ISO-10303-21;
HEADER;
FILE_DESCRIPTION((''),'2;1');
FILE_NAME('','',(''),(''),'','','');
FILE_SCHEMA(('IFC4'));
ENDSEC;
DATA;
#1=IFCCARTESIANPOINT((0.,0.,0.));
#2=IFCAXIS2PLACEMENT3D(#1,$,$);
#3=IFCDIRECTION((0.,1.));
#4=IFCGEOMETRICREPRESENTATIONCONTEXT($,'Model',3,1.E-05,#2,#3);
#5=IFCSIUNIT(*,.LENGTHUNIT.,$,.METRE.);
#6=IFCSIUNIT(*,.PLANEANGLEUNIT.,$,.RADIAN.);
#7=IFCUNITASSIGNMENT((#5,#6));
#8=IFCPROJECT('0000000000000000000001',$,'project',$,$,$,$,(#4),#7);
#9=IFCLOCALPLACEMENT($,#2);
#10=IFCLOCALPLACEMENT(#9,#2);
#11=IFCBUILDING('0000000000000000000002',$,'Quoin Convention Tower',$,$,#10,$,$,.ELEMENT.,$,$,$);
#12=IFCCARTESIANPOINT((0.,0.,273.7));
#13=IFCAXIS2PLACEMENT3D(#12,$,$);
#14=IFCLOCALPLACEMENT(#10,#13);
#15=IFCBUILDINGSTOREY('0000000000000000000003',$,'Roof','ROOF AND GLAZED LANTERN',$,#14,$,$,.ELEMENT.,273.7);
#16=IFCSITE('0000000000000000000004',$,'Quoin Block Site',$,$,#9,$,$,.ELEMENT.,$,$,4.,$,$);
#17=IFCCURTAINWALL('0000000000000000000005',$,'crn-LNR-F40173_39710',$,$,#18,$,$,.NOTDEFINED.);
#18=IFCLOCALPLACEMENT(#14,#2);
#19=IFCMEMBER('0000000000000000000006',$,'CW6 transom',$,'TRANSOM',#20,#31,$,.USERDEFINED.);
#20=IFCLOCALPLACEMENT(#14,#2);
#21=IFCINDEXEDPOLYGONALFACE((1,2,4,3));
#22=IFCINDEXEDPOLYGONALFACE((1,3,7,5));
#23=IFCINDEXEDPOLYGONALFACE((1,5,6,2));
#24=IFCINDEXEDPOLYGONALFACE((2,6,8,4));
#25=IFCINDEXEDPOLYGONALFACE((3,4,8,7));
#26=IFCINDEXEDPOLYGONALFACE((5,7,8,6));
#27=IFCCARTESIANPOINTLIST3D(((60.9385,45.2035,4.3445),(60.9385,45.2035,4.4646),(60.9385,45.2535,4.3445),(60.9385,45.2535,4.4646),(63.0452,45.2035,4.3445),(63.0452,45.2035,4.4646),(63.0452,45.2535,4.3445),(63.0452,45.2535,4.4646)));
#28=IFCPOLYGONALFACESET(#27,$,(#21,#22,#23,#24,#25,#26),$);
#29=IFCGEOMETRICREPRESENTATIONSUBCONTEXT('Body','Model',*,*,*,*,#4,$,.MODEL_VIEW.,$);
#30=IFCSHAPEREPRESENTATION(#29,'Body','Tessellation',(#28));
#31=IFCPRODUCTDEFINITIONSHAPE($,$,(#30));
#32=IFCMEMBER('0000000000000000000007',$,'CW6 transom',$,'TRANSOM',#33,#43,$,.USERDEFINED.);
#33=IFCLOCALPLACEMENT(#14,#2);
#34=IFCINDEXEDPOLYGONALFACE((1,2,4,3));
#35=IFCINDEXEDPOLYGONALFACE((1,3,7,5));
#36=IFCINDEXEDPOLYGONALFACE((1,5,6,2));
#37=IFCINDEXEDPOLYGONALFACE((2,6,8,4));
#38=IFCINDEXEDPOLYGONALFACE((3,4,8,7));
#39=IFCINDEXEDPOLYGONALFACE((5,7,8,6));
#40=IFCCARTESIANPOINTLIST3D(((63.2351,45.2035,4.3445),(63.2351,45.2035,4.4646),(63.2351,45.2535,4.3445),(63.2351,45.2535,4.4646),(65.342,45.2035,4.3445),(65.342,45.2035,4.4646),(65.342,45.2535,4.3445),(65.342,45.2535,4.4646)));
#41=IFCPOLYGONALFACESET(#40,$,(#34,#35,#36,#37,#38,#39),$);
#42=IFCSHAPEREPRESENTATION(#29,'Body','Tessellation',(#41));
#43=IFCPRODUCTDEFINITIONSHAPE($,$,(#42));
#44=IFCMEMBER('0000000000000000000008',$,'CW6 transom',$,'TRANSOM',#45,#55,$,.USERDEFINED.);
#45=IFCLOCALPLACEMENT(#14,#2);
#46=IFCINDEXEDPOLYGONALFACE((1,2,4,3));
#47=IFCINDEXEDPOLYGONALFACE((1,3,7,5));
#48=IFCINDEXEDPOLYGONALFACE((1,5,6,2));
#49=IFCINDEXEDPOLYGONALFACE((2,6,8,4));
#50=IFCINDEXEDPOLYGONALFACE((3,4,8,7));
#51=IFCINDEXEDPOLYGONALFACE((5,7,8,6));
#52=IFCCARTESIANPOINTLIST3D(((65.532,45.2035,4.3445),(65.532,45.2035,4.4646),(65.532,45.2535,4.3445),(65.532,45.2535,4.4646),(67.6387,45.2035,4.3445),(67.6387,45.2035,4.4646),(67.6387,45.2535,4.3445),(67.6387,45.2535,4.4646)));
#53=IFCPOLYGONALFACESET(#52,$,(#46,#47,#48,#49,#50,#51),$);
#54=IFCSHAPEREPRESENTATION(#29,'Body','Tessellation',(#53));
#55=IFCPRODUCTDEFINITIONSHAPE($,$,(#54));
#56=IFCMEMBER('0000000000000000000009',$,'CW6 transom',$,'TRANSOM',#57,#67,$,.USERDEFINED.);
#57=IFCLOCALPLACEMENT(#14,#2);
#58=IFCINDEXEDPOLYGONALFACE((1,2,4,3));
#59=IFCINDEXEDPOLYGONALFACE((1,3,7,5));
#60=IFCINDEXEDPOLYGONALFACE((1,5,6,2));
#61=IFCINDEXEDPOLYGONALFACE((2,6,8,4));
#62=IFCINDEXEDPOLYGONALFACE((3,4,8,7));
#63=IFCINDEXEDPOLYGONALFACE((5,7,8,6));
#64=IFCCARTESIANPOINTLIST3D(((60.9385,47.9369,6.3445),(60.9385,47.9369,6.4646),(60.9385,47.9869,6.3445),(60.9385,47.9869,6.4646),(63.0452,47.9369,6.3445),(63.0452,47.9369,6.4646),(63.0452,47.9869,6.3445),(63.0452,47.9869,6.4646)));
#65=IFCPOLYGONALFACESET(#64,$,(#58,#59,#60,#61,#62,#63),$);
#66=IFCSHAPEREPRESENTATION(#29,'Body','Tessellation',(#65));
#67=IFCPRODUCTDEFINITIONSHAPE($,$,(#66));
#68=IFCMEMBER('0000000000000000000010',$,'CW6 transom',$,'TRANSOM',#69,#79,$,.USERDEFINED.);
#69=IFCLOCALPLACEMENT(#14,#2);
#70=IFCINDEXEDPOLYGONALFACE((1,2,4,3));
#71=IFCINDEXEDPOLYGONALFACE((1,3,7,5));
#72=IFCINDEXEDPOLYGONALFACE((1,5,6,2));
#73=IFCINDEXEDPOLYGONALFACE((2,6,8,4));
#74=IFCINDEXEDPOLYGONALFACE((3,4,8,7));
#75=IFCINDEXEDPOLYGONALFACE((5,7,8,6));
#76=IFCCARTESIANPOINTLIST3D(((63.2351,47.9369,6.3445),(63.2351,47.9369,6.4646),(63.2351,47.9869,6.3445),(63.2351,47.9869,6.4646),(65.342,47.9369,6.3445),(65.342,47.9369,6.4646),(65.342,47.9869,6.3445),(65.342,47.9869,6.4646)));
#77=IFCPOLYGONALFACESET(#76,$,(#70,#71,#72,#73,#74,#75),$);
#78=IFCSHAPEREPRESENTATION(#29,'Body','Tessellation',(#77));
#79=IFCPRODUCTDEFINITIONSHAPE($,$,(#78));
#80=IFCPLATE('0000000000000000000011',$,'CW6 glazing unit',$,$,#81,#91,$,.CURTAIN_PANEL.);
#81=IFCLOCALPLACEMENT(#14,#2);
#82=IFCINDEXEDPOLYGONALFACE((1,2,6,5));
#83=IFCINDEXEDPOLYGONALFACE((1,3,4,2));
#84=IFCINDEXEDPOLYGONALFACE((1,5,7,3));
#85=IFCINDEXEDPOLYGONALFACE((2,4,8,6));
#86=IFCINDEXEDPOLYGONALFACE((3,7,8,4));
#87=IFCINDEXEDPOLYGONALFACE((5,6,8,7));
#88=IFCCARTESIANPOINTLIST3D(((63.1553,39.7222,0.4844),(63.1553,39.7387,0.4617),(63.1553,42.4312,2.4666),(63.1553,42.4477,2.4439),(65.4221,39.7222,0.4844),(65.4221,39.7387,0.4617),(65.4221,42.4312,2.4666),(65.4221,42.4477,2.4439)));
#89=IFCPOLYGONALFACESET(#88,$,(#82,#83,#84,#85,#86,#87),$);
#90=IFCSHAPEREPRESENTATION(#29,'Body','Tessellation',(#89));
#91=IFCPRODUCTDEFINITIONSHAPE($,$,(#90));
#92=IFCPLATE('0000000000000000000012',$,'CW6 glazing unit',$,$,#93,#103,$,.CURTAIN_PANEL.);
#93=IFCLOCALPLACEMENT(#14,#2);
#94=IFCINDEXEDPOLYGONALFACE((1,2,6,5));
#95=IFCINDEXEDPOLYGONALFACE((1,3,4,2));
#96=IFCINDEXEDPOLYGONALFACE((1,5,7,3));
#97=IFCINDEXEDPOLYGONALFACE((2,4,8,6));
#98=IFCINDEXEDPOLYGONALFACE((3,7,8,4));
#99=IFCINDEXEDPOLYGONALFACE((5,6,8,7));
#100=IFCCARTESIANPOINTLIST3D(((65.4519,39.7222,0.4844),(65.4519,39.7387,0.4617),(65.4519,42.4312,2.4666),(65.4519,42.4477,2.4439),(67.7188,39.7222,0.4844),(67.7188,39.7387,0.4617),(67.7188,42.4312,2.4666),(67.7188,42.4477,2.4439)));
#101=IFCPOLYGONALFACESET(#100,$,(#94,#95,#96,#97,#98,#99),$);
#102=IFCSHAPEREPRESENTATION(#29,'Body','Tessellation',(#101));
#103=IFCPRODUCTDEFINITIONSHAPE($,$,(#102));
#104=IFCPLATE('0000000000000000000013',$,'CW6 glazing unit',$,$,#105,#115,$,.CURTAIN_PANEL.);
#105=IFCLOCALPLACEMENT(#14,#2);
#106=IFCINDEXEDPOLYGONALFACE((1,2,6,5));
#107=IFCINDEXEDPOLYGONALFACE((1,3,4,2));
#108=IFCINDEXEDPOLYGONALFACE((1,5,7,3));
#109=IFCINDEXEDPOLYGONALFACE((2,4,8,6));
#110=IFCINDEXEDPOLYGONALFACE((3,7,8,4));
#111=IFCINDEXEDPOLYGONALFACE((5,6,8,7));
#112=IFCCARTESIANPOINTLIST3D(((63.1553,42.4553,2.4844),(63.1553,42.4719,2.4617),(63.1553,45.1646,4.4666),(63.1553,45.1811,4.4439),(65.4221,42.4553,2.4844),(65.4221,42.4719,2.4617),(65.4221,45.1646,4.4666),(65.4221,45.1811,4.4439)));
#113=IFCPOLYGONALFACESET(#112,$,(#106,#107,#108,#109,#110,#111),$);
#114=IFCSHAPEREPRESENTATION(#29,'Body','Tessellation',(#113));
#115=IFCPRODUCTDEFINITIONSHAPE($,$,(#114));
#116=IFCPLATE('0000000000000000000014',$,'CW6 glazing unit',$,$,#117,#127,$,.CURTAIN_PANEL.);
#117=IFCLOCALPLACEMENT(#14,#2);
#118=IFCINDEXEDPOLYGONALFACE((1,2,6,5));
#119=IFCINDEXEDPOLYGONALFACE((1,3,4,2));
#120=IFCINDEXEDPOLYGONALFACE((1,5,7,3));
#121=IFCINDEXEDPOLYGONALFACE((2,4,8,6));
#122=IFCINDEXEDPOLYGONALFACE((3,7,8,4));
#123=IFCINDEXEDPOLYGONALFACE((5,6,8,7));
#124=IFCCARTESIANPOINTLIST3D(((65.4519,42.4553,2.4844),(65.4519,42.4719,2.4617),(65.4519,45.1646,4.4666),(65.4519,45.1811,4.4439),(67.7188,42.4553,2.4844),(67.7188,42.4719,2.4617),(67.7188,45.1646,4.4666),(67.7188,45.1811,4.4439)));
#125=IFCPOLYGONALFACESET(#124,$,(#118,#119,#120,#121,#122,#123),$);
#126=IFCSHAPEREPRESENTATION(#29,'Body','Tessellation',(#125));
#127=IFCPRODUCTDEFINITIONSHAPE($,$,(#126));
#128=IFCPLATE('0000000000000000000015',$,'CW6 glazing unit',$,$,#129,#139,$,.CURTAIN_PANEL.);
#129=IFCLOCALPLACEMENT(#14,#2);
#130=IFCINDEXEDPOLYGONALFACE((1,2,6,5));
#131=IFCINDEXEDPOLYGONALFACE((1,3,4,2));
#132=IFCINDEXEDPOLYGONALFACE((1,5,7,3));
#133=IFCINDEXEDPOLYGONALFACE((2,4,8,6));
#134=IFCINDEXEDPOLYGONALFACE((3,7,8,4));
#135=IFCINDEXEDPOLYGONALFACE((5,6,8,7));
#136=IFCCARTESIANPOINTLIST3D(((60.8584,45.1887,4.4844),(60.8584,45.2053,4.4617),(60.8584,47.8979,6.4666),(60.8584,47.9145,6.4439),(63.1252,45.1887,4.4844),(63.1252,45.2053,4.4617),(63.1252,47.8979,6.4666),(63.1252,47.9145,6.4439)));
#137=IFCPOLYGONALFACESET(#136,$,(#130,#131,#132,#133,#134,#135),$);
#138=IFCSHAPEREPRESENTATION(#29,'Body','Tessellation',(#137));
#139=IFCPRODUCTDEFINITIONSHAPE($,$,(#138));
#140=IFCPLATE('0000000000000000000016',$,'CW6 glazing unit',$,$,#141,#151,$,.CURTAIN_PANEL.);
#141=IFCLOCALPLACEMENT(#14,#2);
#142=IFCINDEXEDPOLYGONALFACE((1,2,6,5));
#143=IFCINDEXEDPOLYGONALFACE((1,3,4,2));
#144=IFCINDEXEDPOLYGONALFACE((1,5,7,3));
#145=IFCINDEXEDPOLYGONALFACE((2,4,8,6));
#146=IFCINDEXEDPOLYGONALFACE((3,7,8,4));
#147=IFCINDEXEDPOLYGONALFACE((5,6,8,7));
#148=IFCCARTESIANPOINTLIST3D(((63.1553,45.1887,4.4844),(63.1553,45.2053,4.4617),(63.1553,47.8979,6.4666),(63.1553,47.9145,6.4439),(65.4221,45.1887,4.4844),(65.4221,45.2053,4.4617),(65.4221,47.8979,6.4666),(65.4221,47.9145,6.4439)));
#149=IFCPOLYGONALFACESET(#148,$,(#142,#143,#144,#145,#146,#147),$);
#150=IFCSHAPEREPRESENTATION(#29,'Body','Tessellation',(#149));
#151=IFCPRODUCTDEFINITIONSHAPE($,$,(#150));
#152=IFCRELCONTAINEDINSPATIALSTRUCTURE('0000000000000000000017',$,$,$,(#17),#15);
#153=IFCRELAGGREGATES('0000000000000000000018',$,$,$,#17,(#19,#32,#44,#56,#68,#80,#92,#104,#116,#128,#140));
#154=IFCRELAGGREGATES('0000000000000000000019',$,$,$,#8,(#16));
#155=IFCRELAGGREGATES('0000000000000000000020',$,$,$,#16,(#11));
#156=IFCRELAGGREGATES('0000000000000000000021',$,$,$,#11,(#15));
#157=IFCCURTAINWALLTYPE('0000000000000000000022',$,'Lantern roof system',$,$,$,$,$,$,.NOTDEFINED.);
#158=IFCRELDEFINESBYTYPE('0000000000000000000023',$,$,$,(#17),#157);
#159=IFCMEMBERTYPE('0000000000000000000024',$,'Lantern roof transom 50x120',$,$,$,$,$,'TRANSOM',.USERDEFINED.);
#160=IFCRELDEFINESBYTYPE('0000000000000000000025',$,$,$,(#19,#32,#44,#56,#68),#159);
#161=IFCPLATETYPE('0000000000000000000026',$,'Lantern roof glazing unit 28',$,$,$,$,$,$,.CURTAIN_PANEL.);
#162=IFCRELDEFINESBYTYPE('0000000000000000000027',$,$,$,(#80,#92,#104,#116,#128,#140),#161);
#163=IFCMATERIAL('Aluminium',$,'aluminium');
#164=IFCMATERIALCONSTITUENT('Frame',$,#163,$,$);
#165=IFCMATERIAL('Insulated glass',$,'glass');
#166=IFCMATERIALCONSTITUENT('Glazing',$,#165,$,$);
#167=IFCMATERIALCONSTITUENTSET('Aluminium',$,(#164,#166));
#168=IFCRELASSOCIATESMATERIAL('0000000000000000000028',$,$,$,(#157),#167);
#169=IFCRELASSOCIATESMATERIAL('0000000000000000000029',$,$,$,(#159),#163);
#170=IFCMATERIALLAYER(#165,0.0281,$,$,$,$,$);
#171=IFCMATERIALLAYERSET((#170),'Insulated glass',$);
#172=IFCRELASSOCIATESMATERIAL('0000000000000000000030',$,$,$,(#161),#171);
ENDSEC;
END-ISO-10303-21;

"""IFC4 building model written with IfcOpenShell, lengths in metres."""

from ifc_helpers import new_model, si_unit, direction, frame, origin, origin_2d, place, context, subcontext, project, spatial, polyline, rectangle, outline, extrude, material, layer, layer_set, constituent, constituent_set, material_profile, profile_set, type_object, element, aggregate, save


model = new_model("IFC4")

# Units and contexts
model_context = context("Model", 3, precision=1e-05, world=origin(), true_north=direction((0.0, 1.0)))
body_context = subcontext(model_context, "Body", "Model", "MODEL_VIEW")
ifc_project = project(units=[si_unit("LENGTHUNIT", "METRE"), si_unit("PLANEANGLEUNIT", "RADIAN")], contexts=[model_context])

# Site, building, storey
site_placement = place(None, origin())
site = spatial("IfcSite", under=ifc_project, at=site_placement, Name="Quoin Block Site", CompositionType="ELEMENT", RefElevation=4.0)
building_placement = place(site_placement, origin())
building = spatial("IfcBuilding", under=site, at=building_placement, Name="Quoin Convention Tower", CompositionType="ELEMENT")
storey_placement = place(building_placement, frame((0.0, 0.0, 273.7)))
storey = spatial("IfcBuildingStorey", under=building, at=storey_placement, Name="Roof", Description="ROOF AND GLAZED LANTERN", CompositionType="ELEMENT", Elevation=273.7)

# Shared definitions
ifc_material_1 = material(Name="Aluminium", Category="aluminium")
ifc_constituent_1 = constituent(ifc_material_1, Name="Frame")
ifc_material_2 = material(Name="Insulated glass", Category="glass")
ifc_constituent_2 = constituent(ifc_material_2, Name="Glazing")
ifc_constituent_set = constituent_set(constituents=[ifc_constituent_1, ifc_constituent_2], Name="Aluminium")
curtain_wall_type = type_object("IfcCurtainWallType", Name="Lantern roof system", PredefinedType="NOTDEFINED", material=ifc_constituent_set)

# Curtain wall
curtain_wall_1_placement = place(storey_placement, origin())
curtain_wall_1 = element("IfcCurtainWall", 1, at=curtain_wall_1_placement, inside=storey, type_object=curtain_wall_type, Name="crn-LNR-F40173_39710", PredefinedType="NOTDEFINED")

# Members
ifc_material_profile_1 = material_profile(ifc_material_1, rectangle(XDim=0.1201, YDim=0.05, at=origin_2d()), Name="Lantern roof transom 50x120")
ifc_profile_set_1 = profile_set([ifc_material_profile_1], Name="Aluminium")
member_type_1 = type_object("IfcMemberType", Name="Lantern roof transom 50x120", ElementType="TRANSOM", PredefinedType="USERDEFINED", material=ifc_profile_set_1)
member_1_placement = place(storey_placement, frame((60.9385, 45.2285, 4.4045), z_axis=(1.0, 0.0, 0.0), x_axis=(0.0, 0.0, 1.0)))
member_1 = element("IfcMember", 2, at=member_1_placement, type_object=member_type_1, Name="CW6 transom", ObjectType="TRANSOM", PredefinedType="USERDEFINED", context=body_context, shape_type="SweptSolid", body=[
    extrude(rectangle(XDim=0.1201, YDim=0.05, at=origin_2d()), origin(), (0.0, 0.0, 1.0), 2.1067),
])
member_2_placement = place(storey_placement, frame((63.2351, 45.2285, 4.4045), z_axis=(1.0, 0.0, 0.0), x_axis=(0.0, 0.0, 1.0)))
member_2 = element("IfcMember", 3, at=member_2_placement, type_object=member_type_1, Name="CW6 transom", ObjectType="TRANSOM", PredefinedType="USERDEFINED", context=body_context, shape_type="SweptSolid", body=[
    extrude(rectangle(XDim=0.1201, YDim=0.05, at=origin_2d()), origin(), (0.0, 0.0, 1.0), 2.1069),
])
member_3_placement = place(storey_placement, frame((65.532, 45.2285, 4.4045), z_axis=(1.0, 0.0, 0.0), x_axis=(0.0, 0.0, 1.0)))
member_3 = element("IfcMember", 4, at=member_3_placement, type_object=member_type_1, Name="CW6 transom", ObjectType="TRANSOM", PredefinedType="USERDEFINED", context=body_context, shape_type="SweptSolid", body=[
    extrude(rectangle(XDim=0.1201, YDim=0.05, at=origin_2d()), origin(), (0.0, 0.0, 1.0), 2.1067),
])
member_4_placement = place(storey_placement, frame((60.9385, 47.9619, 6.4045), z_axis=(1.0, 0.0, 0.0), x_axis=(0.0, 0.0, 1.0)))
member_4 = element("IfcMember", 5, at=member_4_placement, type_object=member_type_1, Name="CW6 transom", ObjectType="TRANSOM", PredefinedType="USERDEFINED", context=body_context, shape_type="SweptSolid", body=[
    extrude(rectangle(XDim=0.1201, YDim=0.05, at=origin_2d()), origin(), (0.0, 0.0, 1.0), 2.1067),
])
member_5_placement = place(storey_placement, frame((63.2351, 47.9619, 6.4045), z_axis=(1.0, 0.0, 0.0), x_axis=(0.0, 0.0, 1.0)))
member_5 = element("IfcMember", 6, at=member_5_placement, type_object=member_type_1, Name="CW6 transom", ObjectType="TRANSOM", PredefinedType="USERDEFINED", context=body_context, shape_type="SweptSolid", body=[
    extrude(rectangle(XDim=0.1201, YDim=0.05, at=origin_2d()), origin(), (0.0, 0.0, 1.0), 2.1069),
])

# Plates
ifc_layer = layer(ifc_material_2, 0.0281)
ifc_layer_set = layer_set([ifc_layer], Name="Insulated glass")
plate_type = type_object("IfcPlateType", Name="Lantern roof glazing unit 28", PredefinedType="CURTAIN_PANEL", material=ifc_layer_set)
plate_1_placement = place(storey_placement, frame((63.1553, 42.4312, 2.4666), z_axis=(0.0, -0.590509, 0.807031), x_axis=(1.0, 0.0, 0.0)))
plate_1 = element("IfcPlate", 7, at=plate_1_placement, type_object=plate_type, Name="CW6 glazing unit", PredefinedType="CURTAIN_PANEL", context=body_context, shape_type="SweptSolid", body=[
    extrude(outline(polyline([(0.0, 0.0), (2.2668, 0.0), (2.2668, -3.3567), (0.0, -3.3567), (0.0, 0.0)])), origin(), (0.0, 0.0, -1.0), 0.0281),
])
plate_2_placement = place(storey_placement, frame((65.4519, 42.4312, 2.4666), z_axis=(0.0, -0.590509, 0.807031), x_axis=(1.0, 0.0, 0.0)))
plate_2 = element("IfcPlate", 8, at=plate_2_placement, type_object=plate_type, Name="CW6 glazing unit", PredefinedType="CURTAIN_PANEL", context=body_context, shape_type="SweptSolid", body=[
    extrude(outline(polyline([(0.0, 0.0), (2.2668, 0.0), (2.2668, -3.3567), (0.0, -3.3567), (0.0, 0.0)])), origin(), (0.0, 0.0, -1.0), 0.0281),
])
plate_3_placement = place(storey_placement, frame((63.1553, 42.4553, 2.4844), z_axis=(0.0, -0.590474, 0.807057), x_axis=(0.0, 0.807057, 0.590474)))
plate_3 = element("IfcPlate", 9, at=plate_3_placement, type_object=plate_type, Name="CW6 glazing unit", PredefinedType="CURTAIN_PANEL", context=body_context, shape_type="SweptSolid", body=[
    extrude(outline(polyline([(0.0, 0.0), (3.3569, 0.0), (3.3569, -2.2668), (0.0, -2.2668), (0.0, 0.0)])), origin(), (0.0, 0.0, -1.0), 0.0281),
])
plate_4_placement = place(storey_placement, frame((65.4519, 42.4553, 2.4844), z_axis=(0.0, -0.590474, 0.807057), x_axis=(0.0, 0.807057, 0.590474)))
plate_4 = element("IfcPlate", 10, at=plate_4_placement, type_object=plate_type, Name="CW6 glazing unit", PredefinedType="CURTAIN_PANEL", context=body_context, shape_type="SweptSolid", body=[
    extrude(outline(polyline([(0.0, 0.0), (3.3569, 0.0), (3.3569, -2.2668), (0.0, -2.2668), (0.0, 0.0)])), origin(), (0.0, 0.0, -1.0), 0.0281),
])
plate_5_placement = place(storey_placement, frame((63.1252, 45.1887, 4.4844), z_axis=(0.0, -0.590474, 0.807057), x_axis=(-1.0, 0.0, 0.0)))
plate_5 = element("IfcPlate", 11, at=plate_5_placement, type_object=plate_type, Name="CW6 glazing unit", PredefinedType="CURTAIN_PANEL", context=body_context, shape_type="SweptSolid", body=[
    extrude(outline(polyline([(0.0, 0.0), (2.2668, 0.0), (2.2668, -3.3569), (0.0, -3.3569), (0.0, 0.0)])), origin(), (0.0, 0.0, -1.0), 0.0281),
])
plate_6_placement = place(storey_placement, frame((65.4221, 45.1887, 4.4844), z_axis=(0.0, -0.590474, 0.807057), x_axis=(-1.0, 0.0, 0.0)))
plate_6 = element("IfcPlate", 12, at=plate_6_placement, type_object=plate_type, Name="CW6 glazing unit", PredefinedType="CURTAIN_PANEL", context=body_context, shape_type="SweptSolid", body=[
    extrude(outline(polyline([(0.0, 0.0), (2.2668, 0.0), (2.2668, -3.3569), (0.0, -3.3569), (0.0, 0.0)])), origin(), (0.0, 0.0, -1.0), 0.0281),
])
aggregate(curtain_wall_1, [member_1, member_2, member_3, member_4, member_5, plate_1, plate_2, plate_3, plate_4, plate_5, plate_6])

save(model, "model.ifc")
